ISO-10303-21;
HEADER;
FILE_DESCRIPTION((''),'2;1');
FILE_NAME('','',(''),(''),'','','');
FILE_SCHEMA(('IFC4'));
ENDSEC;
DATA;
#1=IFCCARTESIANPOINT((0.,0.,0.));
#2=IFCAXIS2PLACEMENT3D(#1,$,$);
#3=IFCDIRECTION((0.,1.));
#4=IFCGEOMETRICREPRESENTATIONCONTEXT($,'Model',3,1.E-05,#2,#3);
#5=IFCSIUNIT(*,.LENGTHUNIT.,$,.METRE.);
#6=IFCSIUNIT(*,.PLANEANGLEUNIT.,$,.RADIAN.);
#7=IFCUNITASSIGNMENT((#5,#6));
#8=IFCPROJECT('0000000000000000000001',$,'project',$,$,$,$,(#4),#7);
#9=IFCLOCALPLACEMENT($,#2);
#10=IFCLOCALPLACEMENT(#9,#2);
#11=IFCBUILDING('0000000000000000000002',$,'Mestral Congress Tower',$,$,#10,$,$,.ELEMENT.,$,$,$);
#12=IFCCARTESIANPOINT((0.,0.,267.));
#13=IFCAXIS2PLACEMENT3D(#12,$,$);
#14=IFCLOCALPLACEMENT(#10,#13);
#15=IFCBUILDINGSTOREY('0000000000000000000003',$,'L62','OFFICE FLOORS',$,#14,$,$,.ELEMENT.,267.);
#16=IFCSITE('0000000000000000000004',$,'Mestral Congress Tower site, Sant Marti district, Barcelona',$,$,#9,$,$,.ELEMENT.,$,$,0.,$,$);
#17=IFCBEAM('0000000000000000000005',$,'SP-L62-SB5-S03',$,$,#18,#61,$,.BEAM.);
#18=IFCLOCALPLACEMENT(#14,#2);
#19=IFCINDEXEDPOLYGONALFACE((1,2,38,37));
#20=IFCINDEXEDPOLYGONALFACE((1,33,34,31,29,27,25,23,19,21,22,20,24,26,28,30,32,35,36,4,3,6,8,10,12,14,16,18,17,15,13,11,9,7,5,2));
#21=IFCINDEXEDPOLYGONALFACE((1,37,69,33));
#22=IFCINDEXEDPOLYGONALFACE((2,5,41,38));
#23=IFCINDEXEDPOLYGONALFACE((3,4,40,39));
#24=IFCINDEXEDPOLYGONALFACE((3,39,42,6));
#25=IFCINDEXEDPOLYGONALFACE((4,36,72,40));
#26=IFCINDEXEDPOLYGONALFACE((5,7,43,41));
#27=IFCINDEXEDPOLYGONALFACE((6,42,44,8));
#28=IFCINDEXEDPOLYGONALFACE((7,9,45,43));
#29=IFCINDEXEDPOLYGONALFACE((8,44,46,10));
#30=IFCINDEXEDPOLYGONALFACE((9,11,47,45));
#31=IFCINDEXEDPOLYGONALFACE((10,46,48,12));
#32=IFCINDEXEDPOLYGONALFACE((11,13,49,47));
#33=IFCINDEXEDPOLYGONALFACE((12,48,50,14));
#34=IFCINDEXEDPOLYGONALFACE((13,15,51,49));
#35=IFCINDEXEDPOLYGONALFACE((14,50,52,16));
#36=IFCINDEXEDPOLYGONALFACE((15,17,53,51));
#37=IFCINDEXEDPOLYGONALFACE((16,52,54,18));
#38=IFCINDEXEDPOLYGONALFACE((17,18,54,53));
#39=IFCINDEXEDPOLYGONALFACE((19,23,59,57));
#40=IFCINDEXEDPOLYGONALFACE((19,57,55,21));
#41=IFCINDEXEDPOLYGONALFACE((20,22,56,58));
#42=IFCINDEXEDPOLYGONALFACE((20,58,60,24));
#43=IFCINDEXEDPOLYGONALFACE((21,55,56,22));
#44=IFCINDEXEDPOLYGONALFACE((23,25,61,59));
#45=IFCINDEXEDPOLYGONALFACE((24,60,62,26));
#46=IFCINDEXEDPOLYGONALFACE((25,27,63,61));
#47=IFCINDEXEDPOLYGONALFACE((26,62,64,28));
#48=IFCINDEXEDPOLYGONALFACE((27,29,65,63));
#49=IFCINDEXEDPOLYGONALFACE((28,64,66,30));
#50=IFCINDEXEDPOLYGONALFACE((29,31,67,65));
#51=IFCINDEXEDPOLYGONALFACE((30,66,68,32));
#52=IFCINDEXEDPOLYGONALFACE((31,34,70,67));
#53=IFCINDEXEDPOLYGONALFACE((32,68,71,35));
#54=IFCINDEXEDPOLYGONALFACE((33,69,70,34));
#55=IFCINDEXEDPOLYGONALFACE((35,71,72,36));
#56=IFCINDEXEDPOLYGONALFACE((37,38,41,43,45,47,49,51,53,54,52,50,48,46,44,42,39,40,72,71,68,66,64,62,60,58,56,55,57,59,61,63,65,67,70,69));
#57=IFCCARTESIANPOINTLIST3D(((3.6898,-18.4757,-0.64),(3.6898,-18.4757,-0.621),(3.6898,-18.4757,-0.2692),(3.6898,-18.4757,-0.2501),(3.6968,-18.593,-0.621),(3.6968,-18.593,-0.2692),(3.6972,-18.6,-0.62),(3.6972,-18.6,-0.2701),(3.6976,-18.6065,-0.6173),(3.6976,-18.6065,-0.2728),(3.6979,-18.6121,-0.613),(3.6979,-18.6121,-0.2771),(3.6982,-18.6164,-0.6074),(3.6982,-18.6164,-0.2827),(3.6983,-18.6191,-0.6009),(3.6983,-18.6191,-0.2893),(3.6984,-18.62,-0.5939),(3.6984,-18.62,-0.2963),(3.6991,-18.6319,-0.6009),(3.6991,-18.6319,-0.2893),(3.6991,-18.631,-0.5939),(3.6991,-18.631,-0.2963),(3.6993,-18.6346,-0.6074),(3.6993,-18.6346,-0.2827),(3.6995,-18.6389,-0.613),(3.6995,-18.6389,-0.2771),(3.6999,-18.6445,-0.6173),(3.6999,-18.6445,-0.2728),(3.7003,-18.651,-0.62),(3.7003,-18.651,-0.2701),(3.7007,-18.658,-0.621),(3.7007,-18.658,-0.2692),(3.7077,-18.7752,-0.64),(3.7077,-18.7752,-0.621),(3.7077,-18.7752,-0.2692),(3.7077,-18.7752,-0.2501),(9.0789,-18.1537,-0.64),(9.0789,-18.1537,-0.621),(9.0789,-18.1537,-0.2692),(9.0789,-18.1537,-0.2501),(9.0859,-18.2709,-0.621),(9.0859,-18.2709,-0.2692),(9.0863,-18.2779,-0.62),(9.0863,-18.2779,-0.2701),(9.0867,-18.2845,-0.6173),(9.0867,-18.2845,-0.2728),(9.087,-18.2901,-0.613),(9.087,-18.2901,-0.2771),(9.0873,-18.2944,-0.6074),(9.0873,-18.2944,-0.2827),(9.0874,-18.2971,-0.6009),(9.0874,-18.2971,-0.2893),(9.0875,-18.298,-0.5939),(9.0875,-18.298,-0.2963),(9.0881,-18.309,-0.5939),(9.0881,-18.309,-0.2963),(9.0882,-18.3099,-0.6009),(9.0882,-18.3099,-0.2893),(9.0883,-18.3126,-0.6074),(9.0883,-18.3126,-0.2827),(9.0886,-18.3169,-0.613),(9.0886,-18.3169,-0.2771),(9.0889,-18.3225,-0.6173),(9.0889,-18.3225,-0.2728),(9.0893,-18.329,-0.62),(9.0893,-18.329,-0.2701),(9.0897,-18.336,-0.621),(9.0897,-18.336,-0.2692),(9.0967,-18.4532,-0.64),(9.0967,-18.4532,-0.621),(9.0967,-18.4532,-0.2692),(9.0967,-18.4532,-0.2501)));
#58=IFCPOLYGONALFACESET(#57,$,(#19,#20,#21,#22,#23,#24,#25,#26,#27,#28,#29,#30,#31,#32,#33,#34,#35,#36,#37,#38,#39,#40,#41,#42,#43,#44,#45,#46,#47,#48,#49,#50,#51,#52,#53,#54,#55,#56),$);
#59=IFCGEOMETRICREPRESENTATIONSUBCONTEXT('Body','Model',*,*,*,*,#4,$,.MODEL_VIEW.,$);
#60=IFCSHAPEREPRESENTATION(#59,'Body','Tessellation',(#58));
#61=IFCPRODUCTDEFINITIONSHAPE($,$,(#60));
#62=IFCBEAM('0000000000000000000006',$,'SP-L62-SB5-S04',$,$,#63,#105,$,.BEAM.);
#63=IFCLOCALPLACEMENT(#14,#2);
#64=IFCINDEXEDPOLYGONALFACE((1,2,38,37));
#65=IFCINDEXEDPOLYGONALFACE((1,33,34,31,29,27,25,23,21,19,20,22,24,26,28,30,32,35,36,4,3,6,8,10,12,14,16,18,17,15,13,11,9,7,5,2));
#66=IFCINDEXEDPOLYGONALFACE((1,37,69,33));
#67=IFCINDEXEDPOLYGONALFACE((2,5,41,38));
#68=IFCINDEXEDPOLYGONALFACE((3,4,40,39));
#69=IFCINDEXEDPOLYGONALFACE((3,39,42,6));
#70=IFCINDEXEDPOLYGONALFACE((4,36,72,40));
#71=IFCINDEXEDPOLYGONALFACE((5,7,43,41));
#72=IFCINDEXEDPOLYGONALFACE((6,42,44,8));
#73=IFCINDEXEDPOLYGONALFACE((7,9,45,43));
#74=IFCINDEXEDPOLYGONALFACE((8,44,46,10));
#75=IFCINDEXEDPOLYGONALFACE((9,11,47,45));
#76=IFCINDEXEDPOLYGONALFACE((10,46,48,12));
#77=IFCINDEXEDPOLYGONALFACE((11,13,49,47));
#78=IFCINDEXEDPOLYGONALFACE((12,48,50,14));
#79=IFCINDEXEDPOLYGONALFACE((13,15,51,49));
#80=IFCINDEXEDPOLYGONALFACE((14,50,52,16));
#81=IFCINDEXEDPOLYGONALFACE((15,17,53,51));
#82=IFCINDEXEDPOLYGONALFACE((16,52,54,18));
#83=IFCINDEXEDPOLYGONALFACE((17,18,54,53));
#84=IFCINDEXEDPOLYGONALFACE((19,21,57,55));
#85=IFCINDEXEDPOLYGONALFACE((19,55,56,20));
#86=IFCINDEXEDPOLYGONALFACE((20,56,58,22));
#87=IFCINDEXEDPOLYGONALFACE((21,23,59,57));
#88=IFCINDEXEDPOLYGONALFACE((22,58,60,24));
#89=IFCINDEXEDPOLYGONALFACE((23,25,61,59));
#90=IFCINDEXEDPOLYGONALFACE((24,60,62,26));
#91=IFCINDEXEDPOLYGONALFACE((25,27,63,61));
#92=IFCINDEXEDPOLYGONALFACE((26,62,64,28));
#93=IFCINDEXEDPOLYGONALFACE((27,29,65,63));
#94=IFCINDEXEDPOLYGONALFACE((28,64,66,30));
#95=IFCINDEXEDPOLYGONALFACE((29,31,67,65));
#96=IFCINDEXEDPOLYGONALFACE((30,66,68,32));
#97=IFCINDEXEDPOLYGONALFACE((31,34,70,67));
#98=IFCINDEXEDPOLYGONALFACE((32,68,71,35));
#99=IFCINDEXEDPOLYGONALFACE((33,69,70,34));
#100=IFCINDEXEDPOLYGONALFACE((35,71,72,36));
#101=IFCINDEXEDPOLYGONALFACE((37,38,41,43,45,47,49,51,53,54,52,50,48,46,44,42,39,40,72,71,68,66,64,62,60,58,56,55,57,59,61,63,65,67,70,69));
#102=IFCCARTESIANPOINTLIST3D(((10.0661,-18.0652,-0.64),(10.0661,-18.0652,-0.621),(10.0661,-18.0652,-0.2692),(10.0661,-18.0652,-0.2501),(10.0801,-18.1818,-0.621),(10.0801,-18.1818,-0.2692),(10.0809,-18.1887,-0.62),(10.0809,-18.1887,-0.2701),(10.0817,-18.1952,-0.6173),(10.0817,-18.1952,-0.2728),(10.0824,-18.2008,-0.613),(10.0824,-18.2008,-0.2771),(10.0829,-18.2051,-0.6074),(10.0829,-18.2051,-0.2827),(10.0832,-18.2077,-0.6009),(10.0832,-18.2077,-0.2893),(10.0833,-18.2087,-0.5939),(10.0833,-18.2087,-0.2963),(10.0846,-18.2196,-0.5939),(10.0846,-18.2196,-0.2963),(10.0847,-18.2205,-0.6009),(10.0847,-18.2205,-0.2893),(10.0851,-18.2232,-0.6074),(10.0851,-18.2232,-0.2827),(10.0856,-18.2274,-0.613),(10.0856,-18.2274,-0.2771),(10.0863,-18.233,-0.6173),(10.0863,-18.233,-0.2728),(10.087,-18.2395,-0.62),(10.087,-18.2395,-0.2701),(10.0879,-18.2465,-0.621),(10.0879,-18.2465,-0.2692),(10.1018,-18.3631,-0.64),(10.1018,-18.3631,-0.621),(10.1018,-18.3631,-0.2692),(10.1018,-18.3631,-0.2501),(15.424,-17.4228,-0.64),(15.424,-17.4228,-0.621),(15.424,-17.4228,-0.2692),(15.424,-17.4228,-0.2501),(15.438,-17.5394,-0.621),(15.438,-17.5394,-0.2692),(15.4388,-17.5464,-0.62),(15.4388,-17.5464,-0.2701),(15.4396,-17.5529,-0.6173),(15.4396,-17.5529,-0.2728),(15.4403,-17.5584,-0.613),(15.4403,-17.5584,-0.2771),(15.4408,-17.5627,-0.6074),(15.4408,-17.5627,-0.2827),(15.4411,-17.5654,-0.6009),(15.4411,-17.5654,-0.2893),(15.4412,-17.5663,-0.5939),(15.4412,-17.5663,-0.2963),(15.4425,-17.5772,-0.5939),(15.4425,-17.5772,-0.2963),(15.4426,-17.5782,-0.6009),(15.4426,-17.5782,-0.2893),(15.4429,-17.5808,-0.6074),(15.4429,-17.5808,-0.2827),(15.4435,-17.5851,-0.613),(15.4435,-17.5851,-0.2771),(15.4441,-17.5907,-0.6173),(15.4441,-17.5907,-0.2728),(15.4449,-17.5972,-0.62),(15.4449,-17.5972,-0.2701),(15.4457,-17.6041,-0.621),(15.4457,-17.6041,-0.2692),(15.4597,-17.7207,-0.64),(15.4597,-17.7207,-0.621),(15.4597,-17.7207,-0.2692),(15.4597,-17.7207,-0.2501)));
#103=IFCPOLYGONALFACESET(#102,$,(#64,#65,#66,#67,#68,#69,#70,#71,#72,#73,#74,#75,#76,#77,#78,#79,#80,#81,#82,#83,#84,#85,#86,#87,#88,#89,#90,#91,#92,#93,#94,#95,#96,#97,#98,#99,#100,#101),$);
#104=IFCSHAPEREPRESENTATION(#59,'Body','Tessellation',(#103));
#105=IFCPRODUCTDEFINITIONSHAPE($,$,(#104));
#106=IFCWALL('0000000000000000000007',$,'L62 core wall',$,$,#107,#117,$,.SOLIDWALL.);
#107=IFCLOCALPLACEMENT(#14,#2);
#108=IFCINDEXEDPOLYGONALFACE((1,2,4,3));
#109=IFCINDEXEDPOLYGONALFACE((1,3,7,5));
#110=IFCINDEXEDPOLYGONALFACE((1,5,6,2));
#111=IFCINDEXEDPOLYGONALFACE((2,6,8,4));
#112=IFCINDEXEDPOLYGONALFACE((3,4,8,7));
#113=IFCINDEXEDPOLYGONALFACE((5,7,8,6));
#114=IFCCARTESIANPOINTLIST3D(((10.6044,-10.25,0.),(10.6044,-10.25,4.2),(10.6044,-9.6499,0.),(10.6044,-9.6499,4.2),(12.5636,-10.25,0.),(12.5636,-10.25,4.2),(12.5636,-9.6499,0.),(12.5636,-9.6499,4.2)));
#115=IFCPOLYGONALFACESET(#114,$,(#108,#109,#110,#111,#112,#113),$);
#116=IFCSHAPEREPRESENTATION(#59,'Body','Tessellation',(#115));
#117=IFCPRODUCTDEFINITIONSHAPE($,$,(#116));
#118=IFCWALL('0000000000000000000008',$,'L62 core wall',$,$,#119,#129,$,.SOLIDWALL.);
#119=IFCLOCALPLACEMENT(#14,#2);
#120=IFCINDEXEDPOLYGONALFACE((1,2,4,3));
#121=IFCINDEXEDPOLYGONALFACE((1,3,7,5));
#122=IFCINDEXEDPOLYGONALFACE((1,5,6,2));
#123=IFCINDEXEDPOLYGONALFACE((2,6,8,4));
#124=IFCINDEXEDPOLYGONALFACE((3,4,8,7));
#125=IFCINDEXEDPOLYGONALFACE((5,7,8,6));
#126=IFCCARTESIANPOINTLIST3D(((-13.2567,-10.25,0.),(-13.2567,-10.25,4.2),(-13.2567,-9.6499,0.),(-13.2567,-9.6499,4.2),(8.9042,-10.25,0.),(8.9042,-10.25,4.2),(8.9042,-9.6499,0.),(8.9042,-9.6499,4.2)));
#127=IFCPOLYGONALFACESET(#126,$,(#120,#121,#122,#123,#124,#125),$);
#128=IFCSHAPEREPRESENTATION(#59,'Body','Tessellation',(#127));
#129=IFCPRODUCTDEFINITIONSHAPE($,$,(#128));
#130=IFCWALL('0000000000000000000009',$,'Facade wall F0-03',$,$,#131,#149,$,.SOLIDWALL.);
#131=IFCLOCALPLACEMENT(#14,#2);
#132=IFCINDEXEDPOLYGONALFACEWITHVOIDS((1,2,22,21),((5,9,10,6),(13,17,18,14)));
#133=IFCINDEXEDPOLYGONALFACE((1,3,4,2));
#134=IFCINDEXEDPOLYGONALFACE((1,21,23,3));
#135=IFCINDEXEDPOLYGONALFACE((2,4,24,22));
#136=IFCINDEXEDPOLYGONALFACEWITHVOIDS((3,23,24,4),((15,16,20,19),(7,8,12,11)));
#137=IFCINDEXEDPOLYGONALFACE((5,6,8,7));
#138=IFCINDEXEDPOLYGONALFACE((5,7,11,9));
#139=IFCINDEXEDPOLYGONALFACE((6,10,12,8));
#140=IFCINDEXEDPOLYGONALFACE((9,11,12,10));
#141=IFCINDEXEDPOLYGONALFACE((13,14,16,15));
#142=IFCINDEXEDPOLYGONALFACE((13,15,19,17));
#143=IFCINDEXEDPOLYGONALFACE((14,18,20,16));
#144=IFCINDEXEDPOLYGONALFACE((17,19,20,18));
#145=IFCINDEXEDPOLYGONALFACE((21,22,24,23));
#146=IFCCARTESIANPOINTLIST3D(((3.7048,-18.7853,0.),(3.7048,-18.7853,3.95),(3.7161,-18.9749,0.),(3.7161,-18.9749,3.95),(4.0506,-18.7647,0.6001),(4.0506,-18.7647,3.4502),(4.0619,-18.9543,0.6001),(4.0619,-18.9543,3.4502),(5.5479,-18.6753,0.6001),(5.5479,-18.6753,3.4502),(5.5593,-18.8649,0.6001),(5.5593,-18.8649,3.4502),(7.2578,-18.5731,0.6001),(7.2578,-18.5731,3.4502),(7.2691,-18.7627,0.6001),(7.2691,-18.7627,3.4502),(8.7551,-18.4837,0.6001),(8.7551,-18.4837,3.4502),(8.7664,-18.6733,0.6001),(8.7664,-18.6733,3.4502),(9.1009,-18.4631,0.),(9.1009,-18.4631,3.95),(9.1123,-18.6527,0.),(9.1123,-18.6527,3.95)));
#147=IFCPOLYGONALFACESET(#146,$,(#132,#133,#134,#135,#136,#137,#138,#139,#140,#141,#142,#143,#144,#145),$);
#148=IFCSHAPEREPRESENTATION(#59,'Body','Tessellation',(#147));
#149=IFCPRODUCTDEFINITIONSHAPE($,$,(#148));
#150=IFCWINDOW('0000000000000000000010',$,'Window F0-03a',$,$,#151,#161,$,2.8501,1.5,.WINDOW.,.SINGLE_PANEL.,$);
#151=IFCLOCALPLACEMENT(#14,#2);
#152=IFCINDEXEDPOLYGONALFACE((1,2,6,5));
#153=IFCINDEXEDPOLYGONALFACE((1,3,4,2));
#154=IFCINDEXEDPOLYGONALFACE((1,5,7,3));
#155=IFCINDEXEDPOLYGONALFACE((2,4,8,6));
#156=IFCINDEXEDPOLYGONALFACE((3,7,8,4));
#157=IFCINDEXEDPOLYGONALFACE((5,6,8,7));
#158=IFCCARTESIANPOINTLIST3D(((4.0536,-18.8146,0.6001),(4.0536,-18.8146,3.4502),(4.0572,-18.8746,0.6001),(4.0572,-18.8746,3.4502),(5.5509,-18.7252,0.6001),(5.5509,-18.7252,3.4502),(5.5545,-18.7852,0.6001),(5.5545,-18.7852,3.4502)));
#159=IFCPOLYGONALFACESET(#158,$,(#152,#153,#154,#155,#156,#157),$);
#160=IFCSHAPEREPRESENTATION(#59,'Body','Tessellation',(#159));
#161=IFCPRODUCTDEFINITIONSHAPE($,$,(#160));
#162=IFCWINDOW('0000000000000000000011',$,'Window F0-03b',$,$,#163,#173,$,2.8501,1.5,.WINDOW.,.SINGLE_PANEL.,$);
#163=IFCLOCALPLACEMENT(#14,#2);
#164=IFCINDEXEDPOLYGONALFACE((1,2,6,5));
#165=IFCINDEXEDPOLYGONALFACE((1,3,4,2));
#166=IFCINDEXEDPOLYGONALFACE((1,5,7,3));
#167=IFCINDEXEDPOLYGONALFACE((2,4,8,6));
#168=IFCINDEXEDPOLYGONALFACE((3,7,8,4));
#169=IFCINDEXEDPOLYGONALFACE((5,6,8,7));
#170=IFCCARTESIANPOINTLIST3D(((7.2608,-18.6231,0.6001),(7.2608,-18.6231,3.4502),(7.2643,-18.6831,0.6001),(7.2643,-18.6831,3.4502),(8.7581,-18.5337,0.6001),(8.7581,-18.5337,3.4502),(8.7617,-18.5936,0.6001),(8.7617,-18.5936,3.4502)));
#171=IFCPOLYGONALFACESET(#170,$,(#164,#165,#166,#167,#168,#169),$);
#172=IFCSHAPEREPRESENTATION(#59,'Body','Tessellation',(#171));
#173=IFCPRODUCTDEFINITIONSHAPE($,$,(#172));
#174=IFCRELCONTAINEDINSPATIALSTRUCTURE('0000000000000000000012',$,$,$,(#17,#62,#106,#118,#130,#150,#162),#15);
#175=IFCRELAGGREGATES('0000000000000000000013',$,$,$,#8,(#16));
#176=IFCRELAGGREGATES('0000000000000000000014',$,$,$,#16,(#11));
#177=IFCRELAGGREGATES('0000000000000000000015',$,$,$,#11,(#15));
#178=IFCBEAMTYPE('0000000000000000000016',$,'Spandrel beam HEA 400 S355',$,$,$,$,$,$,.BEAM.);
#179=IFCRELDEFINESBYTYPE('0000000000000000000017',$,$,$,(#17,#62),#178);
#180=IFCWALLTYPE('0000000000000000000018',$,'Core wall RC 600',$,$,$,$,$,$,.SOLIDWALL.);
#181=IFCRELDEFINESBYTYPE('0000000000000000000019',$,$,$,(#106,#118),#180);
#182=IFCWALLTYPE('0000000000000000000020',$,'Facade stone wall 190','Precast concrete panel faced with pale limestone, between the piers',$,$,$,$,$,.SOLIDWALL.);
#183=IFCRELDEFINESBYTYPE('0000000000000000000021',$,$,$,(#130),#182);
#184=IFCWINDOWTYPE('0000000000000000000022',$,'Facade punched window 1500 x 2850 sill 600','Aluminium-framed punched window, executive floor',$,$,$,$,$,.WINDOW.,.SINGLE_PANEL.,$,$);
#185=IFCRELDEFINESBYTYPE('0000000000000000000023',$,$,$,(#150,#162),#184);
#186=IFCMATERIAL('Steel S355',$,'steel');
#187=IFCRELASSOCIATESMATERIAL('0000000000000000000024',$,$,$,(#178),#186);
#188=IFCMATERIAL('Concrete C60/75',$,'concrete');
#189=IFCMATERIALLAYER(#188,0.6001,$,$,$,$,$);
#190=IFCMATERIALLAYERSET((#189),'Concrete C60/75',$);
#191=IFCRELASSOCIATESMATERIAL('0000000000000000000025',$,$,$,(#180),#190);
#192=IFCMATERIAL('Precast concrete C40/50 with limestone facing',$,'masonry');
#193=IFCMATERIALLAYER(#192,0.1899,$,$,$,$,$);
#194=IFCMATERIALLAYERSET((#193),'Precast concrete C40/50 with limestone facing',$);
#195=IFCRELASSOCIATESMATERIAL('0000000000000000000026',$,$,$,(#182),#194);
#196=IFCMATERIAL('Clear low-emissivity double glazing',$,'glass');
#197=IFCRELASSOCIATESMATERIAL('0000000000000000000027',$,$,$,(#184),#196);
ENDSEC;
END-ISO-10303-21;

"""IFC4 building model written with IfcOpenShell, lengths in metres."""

from ifc_helpers import new_model, si_unit, direction, frame, frame_2d, origin, origin_2d, place, context, subcontext, project, spatial, rectangle, i_section, extrude, material, layer, layer_set, material_profile, profile_set, type_object, element, fill, save


model = new_model("IFC4")

# Units and contexts
model_context = context("Model", 3, precision=1e-05, world=origin(), true_north=direction((0.0, 1.0)))
body_context = subcontext(model_context, "Body", "Model", "MODEL_VIEW")
ifc_project = project(units=[si_unit("LENGTHUNIT", "METRE"), si_unit("PLANEANGLEUNIT", "RADIAN")], contexts=[model_context])

# Site, building, storey
site_placement = place(None, origin())
site = spatial("IfcSite", under=ifc_project, at=site_placement, Name="Mestral Congress Tower site, Sant Marti district, Barcelona", CompositionType="ELEMENT", RefElevation=0.0)
building_placement = place(site_placement, origin())
building = spatial("IfcBuilding", under=site, at=building_placement, Name="Mestral Congress Tower", CompositionType="ELEMENT")
storey_placement = place(building_placement, frame((0.0, 0.0, 267.0)))
storey = spatial("IfcBuildingStorey", under=building, at=storey_placement, Name="L62", Description="OFFICE FLOORS", CompositionType="ELEMENT", Elevation=267.0)

# Shared definitions
ifc_material_1 = material(Name="Concrete C60/75", Category="concrete")

# Beams
ifc_material_2 = material(Name="Steel S355", Category="steel")
ifc_material_profile_1 = material_profile(ifc_material_2, i_section(OverallWidth=0.3, OverallDepth=0.3899, WebThickness=0.011, FlangeThickness=0.019, FilletRadius=0.0271, at=origin_2d()), Name="HEA 400")
ifc_profile_set_1 = profile_set([ifc_material_profile_1], Name="Steel S355")
beam_type_1 = type_object("IfcBeamType", Name="Spandrel beam HEA 400 S355", PredefinedType="BEAM", material=ifc_profile_set_1)
beam_1_placement = place(storey_placement, frame((3.6987, -18.6255, -0.4451), z_axis=(0.99822, 0.059647, 0.0), x_axis=(-0.059647, 0.99822, 0.0)))
element("IfcBeam", 1, at=beam_1_placement, inside=storey, type_object=beam_type_1, Name="SP-L62-SB5-S03", PredefinedType="BEAM", context=body_context, shape_type="SweptSolid", body=[
    extrude(i_section(OverallWidth=0.3, OverallDepth=0.3899, WebThickness=0.011, FlangeThickness=0.019, FilletRadius=0.0271, at=origin_2d()), origin(), (0.0, 0.0, 1.0), 5.3987),
])
beam_2_placement = place(storey_placement, frame((10.084, -18.2141, -0.4451), z_axis=(0.99289, 0.119033, 0.0), x_axis=(-0.119033, 0.99289, 0.0)))
element("IfcBeam", 2, at=beam_2_placement, inside=storey, type_object=beam_type_1, Name="SP-L62-SB5-S04", PredefinedType="BEAM", context=body_context, shape_type="SweptSolid", body=[
    extrude(i_section(OverallWidth=0.3, OverallDepth=0.3899, WebThickness=0.011, FlangeThickness=0.019, FilletRadius=0.0271, at=origin_2d()), origin(), (0.0, 0.0, 1.0), 5.3962),
])

# Walls
ifc_layer_1 = layer(ifc_material_1, 0.6001)
ifc_layer_set_1 = layer_set([ifc_layer_1], Name="Concrete C60/75")
wall_type_1 = type_object("IfcWallType", Name="Core wall RC 600", PredefinedType="SOLIDWALL", material=ifc_layer_set_1)
wall_1_placement = place(storey_placement, frame((10.6045, -9.95, 0.0), z_axis=(0.0, 0.0, 1.0), x_axis=(1.0, 0.0, 0.0)))
element("IfcWall", 3, at=wall_1_placement, inside=storey, type_object=wall_type_1, Name="L62 core wall", PredefinedType="SOLIDWALL", context=body_context, shape_type="SweptSolid", body=[
    extrude(rectangle(XDim=1.9592, YDim=0.6001, at=frame_2d((0.9795, 0.0))), origin(), (0.0, 0.0, 1.0), 4.2),
])
wall_2_placement = place(storey_placement, frame((8.9043, -9.95, 0.0), z_axis=(0.0, 0.0, 1.0), x_axis=(-1.0, 0.0, 0.0)))
element("IfcWall", 4, at=wall_2_placement, inside=storey, type_object=wall_type_1, Name="L62 core wall", PredefinedType="SOLIDWALL", context=body_context, shape_type="SweptSolid", body=[
    extrude(rectangle(XDim=22.1609, YDim=0.6001, at=frame_2d((11.0806, 0.0))), origin(), (0.0, 0.0, 1.0), 4.2),
])

# Wall, openings, windows
ifc_material_3 = material(Name="Precast concrete C40/50 with limestone facing", Category="masonry")
ifc_layer_2 = layer(ifc_material_3, 0.1899)
ifc_layer_set_2 = layer_set([ifc_layer_2], Name="Precast concrete C40/50 with limestone facing")
wall_type_2 = type_object("IfcWallType", Name="Facade stone wall 190", Description="Precast concrete panel faced with pale limestone, between the piers", PredefinedType="SOLIDWALL", material=ifc_layer_set_2)
wall_3_placement = place(storey_placement, frame((3.7104, -18.8801, 0.0), z_axis=(0.0, 0.0, 1.0), x_axis=(0.998221, 0.059614, 0.0)))
wall_3 = element("IfcWall", 5, at=wall_3_placement, inside=storey, type_object=wall_type_2, Name="Facade wall F0-03", PredefinedType="SOLIDWALL", context=body_context, shape_type="SweptSolid", body=[
    extrude(rectangle(XDim=5.4058, YDim=0.1899, at=frame_2d((2.7029, 0.0))), origin(), (0.0, 0.0, 1.0), 3.95),
])
opening_1_placement = place(wall_3_placement, frame((0.3464, 0.0, 0.6001)))
opening_1 = element("IfcOpeningElement", 6, at=opening_1_placement, cuts=wall_3, PredefinedType="OPENING", context=body_context, shape_type="SweptSolid", body=[
    extrude(rectangle(XDim=1.5, YDim=2.8501, at=frame_2d((0.75, 1.425))), frame((0.0, 0.105, 0.0), z_axis=(0.0, -1.0, 0.0), x_axis=(1.0, 0.0, 0.0)), (0.0, 0.0, 1.0), 0.21),
])
opening_2_placement = place(wall_3_placement, frame((3.5593, 0.0, 0.6001)))
opening_2 = element("IfcOpeningElement", 7, at=opening_2_placement, cuts=wall_3, PredefinedType="OPENING", context=body_context, shape_type="SweptSolid", body=[
    extrude(rectangle(XDim=1.5, YDim=2.8501, at=frame_2d((0.75, 1.425))), frame((0.0, 0.105, 0.0), z_axis=(0.0, -1.0, 0.0), x_axis=(1.0, 0.0, 0.0)), (0.0, 0.0, 1.0), 0.21),
])
ifc_material_4 = material(Name="Clear low-emissivity double glazing", Category="glass")
window_type = type_object("IfcWindowType", Name="Facade punched window 1500 x 2850 sill 600", Description="Aluminium-framed punched window, executive floor", PartitioningType="SINGLE_PANEL", PredefinedType="WINDOW", material=ifc_material_4)
window_1_placement = place(opening_1_placement, origin())
window_1 = element("IfcWindow", 8, at=window_1_placement, inside=storey, type_object=window_type, Name="Window F0-03a", OverallHeight=2.8501, OverallWidth=1.5, PartitioningType="SINGLE_PANEL", PredefinedType="WINDOW", context=body_context, shape_type="SweptSolid", body=[
    extrude(rectangle(XDim=1.5, YDim=2.8501, at=frame_2d((0.75, 1.425))), frame((0.0, 0.0449, 0.0), z_axis=(0.0, -1.0, 0.0), x_axis=(1.0, 0.0, 0.0)), (0.0, 0.0, 1.0), 0.0601),
])
fill(opening_1, window_1)
window_2_placement = place(opening_2_placement, origin())
window_2 = element("IfcWindow", 9, at=window_2_placement, inside=storey, type_object=window_type, Name="Window F0-03b", OverallHeight=2.8501, OverallWidth=1.5, PartitioningType="SINGLE_PANEL", PredefinedType="WINDOW", context=body_context, shape_type="SweptSolid", body=[
    extrude(rectangle(XDim=1.5, YDim=2.8501, at=frame_2d((0.75, 1.425))), frame((0.0, 0.0449, 0.0), z_axis=(0.0, -1.0, 0.0), x_axis=(1.0, 0.0, 0.0)), (0.0, 0.0, 1.0), 0.0601),
])
fill(opening_2, window_2)

save(model, "model.ifc")
